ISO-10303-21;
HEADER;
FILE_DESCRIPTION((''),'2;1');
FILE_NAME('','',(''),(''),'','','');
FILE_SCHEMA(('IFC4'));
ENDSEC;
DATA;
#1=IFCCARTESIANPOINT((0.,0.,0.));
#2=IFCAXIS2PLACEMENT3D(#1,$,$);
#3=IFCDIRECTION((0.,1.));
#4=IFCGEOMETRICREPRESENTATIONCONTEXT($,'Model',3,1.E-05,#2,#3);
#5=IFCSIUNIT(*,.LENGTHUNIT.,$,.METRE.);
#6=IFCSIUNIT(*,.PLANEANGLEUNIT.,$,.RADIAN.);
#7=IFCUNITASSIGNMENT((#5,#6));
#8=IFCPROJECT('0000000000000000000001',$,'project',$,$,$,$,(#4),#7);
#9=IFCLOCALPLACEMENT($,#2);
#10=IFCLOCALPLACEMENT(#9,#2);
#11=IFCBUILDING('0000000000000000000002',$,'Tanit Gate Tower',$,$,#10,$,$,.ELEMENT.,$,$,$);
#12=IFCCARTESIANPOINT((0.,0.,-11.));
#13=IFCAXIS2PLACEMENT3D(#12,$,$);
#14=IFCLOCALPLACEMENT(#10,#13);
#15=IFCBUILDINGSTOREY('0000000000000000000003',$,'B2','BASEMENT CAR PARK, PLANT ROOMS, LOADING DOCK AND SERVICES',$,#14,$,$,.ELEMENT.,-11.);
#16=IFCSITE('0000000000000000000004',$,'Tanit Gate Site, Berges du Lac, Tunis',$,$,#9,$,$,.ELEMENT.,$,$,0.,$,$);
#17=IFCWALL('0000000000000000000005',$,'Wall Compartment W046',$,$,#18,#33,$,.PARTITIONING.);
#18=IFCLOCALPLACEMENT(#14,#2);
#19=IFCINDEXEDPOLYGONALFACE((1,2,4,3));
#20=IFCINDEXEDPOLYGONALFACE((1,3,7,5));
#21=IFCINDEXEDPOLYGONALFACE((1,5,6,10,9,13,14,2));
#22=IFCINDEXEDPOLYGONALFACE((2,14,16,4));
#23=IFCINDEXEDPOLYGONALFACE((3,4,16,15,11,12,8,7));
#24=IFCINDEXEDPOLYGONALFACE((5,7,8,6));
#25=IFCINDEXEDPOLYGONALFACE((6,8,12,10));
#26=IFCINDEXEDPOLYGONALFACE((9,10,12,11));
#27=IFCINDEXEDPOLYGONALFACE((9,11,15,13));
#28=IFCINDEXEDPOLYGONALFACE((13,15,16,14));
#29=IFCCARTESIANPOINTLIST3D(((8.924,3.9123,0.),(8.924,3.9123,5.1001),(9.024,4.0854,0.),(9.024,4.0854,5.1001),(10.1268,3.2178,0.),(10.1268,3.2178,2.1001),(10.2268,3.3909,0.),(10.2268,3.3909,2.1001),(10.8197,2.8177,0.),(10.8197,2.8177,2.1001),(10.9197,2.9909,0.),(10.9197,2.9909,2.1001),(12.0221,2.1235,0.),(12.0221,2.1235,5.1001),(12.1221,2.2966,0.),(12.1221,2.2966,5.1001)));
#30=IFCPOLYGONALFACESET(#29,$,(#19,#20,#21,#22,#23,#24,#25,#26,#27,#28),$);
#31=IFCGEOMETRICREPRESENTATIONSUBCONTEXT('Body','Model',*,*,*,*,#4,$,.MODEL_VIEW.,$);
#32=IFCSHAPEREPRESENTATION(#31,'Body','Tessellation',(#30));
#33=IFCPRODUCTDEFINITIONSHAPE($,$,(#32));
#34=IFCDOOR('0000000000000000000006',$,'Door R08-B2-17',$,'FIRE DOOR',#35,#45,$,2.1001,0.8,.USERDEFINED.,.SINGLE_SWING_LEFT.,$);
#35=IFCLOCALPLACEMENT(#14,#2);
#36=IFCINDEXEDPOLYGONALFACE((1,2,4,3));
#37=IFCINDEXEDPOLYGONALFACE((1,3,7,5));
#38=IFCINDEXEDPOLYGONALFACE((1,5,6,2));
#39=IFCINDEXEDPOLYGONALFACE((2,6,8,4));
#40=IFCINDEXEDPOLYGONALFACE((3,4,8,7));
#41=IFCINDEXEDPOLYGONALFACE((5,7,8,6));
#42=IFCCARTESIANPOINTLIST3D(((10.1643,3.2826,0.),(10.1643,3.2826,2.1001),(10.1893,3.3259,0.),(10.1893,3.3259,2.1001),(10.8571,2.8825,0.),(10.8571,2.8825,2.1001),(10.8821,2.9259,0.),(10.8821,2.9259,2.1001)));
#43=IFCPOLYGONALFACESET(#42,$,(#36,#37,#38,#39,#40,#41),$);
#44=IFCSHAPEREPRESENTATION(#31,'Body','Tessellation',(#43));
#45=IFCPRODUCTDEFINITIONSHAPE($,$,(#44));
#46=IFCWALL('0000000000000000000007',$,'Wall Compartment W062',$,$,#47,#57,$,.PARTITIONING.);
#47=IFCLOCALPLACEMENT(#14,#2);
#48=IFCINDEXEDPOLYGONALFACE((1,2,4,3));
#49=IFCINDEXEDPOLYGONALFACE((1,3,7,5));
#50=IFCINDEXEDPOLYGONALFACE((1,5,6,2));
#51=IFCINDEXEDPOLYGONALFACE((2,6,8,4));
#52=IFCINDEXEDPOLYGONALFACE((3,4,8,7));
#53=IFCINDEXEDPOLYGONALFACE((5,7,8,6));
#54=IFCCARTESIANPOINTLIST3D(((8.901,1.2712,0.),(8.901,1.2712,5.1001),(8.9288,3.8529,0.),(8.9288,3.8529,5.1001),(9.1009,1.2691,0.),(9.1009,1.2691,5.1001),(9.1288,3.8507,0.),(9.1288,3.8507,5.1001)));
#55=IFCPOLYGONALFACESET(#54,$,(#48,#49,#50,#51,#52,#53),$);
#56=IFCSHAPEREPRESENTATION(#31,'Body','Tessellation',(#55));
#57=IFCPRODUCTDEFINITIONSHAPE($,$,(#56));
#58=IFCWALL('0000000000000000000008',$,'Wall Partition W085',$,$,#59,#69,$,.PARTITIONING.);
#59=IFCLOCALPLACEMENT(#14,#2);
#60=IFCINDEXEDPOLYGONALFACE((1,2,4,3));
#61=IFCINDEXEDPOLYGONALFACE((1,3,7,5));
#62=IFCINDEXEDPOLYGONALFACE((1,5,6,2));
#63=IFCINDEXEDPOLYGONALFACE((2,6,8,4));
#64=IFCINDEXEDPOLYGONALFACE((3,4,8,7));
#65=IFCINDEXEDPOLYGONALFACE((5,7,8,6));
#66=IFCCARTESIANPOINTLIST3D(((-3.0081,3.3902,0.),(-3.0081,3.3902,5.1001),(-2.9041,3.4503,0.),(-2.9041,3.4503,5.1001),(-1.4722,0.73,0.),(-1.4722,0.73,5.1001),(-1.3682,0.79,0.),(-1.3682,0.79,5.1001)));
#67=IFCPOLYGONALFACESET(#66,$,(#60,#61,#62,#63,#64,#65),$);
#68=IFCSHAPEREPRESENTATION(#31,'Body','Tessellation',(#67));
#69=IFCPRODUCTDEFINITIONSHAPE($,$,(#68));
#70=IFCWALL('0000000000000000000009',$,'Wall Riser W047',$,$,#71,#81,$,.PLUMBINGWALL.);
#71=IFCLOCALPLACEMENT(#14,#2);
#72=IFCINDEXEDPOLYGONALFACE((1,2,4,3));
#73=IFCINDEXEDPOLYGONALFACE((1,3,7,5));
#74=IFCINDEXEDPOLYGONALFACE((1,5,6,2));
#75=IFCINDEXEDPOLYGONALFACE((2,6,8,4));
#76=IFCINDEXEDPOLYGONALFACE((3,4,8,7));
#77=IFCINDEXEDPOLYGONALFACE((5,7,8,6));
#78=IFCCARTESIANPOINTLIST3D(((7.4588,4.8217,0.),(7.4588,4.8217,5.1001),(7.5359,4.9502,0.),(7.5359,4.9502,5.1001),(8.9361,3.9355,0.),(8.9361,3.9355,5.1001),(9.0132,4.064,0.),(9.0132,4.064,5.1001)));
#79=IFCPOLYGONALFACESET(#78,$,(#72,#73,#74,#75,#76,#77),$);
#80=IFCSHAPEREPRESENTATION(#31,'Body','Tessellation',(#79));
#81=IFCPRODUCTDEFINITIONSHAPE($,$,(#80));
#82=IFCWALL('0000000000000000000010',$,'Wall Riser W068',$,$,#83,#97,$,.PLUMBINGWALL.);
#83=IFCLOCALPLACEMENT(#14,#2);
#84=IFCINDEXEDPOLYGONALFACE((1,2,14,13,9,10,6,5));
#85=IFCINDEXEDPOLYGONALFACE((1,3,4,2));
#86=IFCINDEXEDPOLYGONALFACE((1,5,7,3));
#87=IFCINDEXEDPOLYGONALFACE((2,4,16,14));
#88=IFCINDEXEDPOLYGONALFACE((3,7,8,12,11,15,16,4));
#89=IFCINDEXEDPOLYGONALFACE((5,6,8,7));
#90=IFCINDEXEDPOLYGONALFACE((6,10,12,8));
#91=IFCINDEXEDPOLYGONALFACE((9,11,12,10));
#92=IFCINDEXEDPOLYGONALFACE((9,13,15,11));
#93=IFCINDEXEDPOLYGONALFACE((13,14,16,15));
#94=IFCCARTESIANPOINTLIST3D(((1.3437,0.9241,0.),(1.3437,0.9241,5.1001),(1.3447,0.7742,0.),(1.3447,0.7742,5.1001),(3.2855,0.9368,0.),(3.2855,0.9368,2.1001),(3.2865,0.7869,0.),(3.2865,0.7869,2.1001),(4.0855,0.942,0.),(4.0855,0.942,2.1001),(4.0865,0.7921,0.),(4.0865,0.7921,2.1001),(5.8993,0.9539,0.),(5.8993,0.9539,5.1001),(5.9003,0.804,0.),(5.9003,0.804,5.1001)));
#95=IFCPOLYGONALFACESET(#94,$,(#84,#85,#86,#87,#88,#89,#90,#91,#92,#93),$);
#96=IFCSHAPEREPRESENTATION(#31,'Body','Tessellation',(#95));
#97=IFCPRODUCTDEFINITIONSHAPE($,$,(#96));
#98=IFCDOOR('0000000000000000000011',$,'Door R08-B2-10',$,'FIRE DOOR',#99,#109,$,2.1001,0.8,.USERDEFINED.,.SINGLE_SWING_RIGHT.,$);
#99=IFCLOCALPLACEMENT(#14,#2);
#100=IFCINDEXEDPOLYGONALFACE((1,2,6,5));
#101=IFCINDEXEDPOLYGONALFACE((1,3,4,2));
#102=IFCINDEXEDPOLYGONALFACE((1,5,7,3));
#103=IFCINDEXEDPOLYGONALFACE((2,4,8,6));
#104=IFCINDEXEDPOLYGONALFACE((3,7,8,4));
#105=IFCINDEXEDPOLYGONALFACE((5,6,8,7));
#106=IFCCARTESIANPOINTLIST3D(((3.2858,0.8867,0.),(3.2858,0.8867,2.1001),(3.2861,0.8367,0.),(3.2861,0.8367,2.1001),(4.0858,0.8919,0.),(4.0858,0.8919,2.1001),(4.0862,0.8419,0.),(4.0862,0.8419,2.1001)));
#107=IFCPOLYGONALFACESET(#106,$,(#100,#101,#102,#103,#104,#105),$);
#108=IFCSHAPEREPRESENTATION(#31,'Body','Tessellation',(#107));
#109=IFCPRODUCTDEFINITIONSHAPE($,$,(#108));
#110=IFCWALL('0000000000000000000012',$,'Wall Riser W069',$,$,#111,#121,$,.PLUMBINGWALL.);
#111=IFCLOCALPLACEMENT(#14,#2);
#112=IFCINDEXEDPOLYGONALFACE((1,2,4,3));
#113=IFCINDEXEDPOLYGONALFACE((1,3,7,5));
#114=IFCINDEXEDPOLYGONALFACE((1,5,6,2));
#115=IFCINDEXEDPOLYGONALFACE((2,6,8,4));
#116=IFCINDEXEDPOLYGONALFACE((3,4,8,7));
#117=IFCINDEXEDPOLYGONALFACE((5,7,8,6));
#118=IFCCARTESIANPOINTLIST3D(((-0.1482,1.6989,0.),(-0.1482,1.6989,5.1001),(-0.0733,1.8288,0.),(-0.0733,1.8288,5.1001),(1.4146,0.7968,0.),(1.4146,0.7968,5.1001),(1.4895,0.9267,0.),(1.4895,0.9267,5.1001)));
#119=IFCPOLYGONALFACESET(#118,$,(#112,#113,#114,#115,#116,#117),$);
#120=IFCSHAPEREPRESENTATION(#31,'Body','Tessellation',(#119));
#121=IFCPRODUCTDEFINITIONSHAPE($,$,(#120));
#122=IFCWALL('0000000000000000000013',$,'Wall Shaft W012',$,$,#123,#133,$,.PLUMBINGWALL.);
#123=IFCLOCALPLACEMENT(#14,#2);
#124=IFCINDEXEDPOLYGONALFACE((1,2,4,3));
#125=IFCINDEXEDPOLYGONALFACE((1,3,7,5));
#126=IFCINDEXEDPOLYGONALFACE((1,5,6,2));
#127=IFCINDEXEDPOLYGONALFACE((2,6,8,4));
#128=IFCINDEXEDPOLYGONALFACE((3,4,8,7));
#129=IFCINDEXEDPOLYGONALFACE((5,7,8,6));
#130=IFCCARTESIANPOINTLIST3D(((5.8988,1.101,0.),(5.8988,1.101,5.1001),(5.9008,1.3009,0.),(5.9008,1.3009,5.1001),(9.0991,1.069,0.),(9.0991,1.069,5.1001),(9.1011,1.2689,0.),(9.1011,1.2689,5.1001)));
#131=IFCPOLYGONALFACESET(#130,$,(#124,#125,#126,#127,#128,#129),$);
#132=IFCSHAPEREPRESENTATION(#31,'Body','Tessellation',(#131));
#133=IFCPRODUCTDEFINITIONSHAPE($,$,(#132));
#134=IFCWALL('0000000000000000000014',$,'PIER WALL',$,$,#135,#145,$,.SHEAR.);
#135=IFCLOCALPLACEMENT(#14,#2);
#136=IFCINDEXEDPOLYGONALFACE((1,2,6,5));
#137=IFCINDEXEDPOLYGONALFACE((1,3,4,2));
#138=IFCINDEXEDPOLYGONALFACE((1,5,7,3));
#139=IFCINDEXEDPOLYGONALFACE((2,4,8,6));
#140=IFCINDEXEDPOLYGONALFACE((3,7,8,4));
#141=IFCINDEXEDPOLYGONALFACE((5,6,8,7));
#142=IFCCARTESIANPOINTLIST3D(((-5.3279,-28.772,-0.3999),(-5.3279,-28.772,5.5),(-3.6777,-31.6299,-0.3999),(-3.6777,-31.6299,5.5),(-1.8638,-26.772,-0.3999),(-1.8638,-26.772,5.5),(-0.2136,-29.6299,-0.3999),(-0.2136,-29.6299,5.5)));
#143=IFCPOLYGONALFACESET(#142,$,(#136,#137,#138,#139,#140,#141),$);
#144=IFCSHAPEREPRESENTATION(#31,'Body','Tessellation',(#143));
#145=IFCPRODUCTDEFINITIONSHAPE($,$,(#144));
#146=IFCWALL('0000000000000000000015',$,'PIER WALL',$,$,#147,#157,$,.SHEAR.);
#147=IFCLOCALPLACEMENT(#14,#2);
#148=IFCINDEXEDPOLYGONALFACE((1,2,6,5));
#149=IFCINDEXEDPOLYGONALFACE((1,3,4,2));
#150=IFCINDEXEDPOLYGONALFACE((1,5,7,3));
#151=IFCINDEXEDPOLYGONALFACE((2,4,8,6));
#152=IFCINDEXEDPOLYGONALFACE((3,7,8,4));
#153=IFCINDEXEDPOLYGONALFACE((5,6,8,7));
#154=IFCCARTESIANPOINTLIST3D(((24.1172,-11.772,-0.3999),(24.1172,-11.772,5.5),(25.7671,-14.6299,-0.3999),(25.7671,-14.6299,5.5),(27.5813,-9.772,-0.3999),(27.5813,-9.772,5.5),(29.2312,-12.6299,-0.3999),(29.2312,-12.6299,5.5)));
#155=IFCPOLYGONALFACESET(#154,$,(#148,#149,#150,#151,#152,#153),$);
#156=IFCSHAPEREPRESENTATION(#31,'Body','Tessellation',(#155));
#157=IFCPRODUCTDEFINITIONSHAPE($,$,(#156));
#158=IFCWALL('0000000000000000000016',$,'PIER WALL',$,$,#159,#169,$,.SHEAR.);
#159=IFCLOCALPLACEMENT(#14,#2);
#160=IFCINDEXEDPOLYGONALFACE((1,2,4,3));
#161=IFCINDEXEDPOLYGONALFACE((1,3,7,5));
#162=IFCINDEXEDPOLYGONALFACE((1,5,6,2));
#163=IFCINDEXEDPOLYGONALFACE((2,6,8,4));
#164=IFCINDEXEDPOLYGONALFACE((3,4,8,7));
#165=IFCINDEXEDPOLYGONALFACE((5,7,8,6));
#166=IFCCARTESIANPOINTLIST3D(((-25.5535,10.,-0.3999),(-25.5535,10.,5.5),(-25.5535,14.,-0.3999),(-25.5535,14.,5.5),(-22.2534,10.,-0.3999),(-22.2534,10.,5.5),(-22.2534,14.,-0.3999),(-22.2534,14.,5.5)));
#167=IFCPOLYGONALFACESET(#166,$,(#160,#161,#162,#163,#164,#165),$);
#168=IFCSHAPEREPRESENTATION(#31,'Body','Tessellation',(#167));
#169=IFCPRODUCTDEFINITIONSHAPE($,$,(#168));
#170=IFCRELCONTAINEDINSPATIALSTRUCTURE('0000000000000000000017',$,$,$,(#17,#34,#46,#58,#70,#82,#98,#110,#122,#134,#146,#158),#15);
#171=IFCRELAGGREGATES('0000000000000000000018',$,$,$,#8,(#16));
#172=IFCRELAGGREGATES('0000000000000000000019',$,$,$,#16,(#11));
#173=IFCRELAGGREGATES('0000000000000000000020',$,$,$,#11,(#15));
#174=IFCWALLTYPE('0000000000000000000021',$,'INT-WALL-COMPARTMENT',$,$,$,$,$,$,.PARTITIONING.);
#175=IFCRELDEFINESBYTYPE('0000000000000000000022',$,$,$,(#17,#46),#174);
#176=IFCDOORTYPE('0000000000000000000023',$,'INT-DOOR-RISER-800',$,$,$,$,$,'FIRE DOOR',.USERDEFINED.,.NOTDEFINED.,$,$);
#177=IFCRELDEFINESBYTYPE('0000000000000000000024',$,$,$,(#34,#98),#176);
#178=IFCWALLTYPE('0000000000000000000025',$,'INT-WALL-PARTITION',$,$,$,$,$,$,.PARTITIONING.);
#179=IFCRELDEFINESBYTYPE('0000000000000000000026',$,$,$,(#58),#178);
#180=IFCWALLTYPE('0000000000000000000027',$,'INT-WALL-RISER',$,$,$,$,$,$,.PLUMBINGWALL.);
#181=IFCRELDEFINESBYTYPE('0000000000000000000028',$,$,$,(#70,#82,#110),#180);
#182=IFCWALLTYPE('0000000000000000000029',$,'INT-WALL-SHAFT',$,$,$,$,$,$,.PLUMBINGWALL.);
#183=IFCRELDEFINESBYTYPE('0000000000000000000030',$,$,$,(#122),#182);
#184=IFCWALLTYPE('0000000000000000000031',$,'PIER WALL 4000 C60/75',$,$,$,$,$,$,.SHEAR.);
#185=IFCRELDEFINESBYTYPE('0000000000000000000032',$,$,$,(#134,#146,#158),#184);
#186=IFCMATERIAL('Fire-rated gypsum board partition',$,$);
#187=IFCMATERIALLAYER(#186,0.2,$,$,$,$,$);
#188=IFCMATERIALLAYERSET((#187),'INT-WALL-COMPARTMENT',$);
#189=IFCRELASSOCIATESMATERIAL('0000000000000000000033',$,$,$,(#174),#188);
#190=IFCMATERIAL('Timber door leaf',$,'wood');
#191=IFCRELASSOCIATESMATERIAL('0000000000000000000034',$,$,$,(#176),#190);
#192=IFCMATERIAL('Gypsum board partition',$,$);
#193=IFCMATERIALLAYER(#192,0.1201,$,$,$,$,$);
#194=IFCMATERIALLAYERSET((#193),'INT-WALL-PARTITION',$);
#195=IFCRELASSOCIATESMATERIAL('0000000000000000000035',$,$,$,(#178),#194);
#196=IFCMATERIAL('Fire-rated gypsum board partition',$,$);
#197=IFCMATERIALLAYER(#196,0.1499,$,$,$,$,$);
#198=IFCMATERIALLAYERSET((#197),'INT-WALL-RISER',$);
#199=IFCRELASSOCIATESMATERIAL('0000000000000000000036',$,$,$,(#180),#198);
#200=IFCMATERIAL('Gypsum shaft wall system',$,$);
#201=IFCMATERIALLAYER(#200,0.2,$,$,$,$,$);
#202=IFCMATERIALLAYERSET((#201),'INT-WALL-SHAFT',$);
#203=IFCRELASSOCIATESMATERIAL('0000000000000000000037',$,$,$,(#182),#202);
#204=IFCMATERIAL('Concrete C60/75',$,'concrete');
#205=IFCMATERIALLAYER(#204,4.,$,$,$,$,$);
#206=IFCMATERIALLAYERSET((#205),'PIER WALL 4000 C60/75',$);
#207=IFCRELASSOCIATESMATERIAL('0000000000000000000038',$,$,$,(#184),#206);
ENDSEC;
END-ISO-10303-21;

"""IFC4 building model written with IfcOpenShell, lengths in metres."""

from ifc_helpers import new_model, si_unit, direction, frame, frame_2d, origin, place, context, subcontext, project, spatial, polyline, rectangle, outline, extrude, material, layer, layer_set, type_object, element, fill, save


model = new_model("IFC4")

# Units and contexts
model_context = context("Model", 3, precision=1e-05, world=origin(), true_north=direction((0.0, 1.0)))
body_context = subcontext(model_context, "Body", "Model", "MODEL_VIEW")
ifc_project = project(units=[si_unit("LENGTHUNIT", "METRE"), si_unit("PLANEANGLEUNIT", "RADIAN")], contexts=[model_context])

# Site, building, storey
site_placement = place(None, origin())
site = spatial("IfcSite", under=ifc_project, at=site_placement, Name="Tanit Gate Site, Berges du Lac, Tunis", CompositionType="ELEMENT", RefElevation=0.0)
building_placement = place(site_placement, origin())
building = spatial("IfcBuilding", under=site, at=building_placement, Name="Tanit Gate Tower", CompositionType="ELEMENT")
storey_placement = place(building_placement, frame((0.0, 0.0, -11.0)))
storey = spatial("IfcBuildingStorey", under=building, at=storey_placement, Name="B2", Description="BASEMENT CAR PARK, PLANT ROOMS, LOADING DOCK AND SERVICES", CompositionType="ELEMENT", Elevation=-11.0)

# Wall, opening, door
ifc_material_1 = material(Name="Fire-rated gypsum board partition")
ifc_layer_1 = layer(ifc_material_1, 0.2)
ifc_layer_set_1 = layer_set([ifc_layer_1], Name="INT-WALL-COMPARTMENT")
wall_type_1 = type_object("IfcWallType", Name="INT-WALL-COMPARTMENT", PredefinedType="PARTITIONING", material=ifc_layer_set_1)
wall_1_placement = place(storey_placement, frame((8.9741, 3.9988, 0.0), z_axis=(0.0, 0.0, 1.0), x_axis=(0.866013, -0.500022, 0.0)))
wall_1 = element("IfcWall", 1, at=wall_1_placement, inside=storey, type_object=wall_type_1, Name="Wall Compartment W046", PredefinedType="PARTITIONING", context=body_context, shape_type="SweptSolid", body=[
    extrude(rectangle(XDim=3.5774, YDim=0.2, at=frame_2d((1.7886, 0.0))), origin(), (0.0, 0.0, 1.0), 5.1001),
])
opening_1_placement = place(wall_1_placement, frame((1.3889, 0.0, 0.0)))
opening_1 = element("IfcOpeningElement", 2, at=opening_1_placement, cuts=wall_1, PredefinedType="OPENING", context=body_context, shape_type="SweptSolid", body=[
    extrude(rectangle(XDim=0.8, YDim=2.1001, at=frame_2d((0.3999, 1.05))), frame((0.0, 0.1099, 0.0), z_axis=(0.0, -1.0, 0.0), x_axis=(1.0, 0.0, 0.0)), (0.0, 0.0, 1.0), 0.22),
])
ifc_material_2 = material(Name="Timber door leaf", Category="wood")
door_type_1 = type_object("IfcDoorType", Name="INT-DOOR-RISER-800", ElementType="FIRE DOOR", OperationType="NOTDEFINED", PredefinedType="USERDEFINED", material=ifc_material_2)
door_1_placement = place(opening_1_placement, origin())
door_1 = element("IfcDoor", 3, at=door_1_placement, inside=storey, type_object=door_type_1, Name="Door R08-B2-17", ObjectType="FIRE DOOR", OperationType="SINGLE_SWING_LEFT", OverallHeight=2.1001, OverallWidth=0.8, PredefinedType="USERDEFINED", context=body_context, shape_type="SweptSolid", body=[
    extrude(rectangle(XDim=0.8, YDim=2.1001, at=frame_2d((0.3999, 1.05))), frame((0.0, 0.0249, 0.0), z_axis=(0.0, -1.0, 0.0), x_axis=(1.0, 0.0, 0.0)), (0.0, 0.0, 1.0), 0.05),
])
fill(opening_1, door_1)

# Walls
wall_2_placement = place(storey_placement, frame((9.001, 1.27, 0.0), z_axis=(0.0, 0.0, 1.0), x_axis=(0.010781, 0.999942, 0.0)))
element("IfcWall", 4, at=wall_2_placement, inside=storey, type_object=wall_type_1, Name="Wall Compartment W062", PredefinedType="PARTITIONING", context=body_context, shape_type="SweptSolid", body=[
    extrude(rectangle(XDim=2.5818, YDim=0.2, at=frame_2d((1.291, 0.0))), origin(), (0.0, 0.0, 1.0), 5.1001),
])
ifc_material_3 = material(Name="Gypsum board partition")
ifc_layer_2 = layer(ifc_material_3, 0.1201)
ifc_layer_set_2 = layer_set([ifc_layer_2], Name="INT-WALL-PARTITION")
wall_type_2 = type_object("IfcWallType", Name="INT-WALL-PARTITION", PredefinedType="PARTITIONING", material=ifc_layer_set_2)
wall_3_placement = place(storey_placement, frame((-1.4202, 0.76, 0.0), z_axis=(0.0, 0.0, 1.0), x_axis=(-0.500011, 0.866019, 0.0)))
element("IfcWall", 5, at=wall_3_placement, inside=storey, type_object=wall_type_2, Name="Wall Partition W085", PredefinedType="PARTITIONING", context=body_context, shape_type="SweptSolid", body=[
    extrude(rectangle(XDim=3.0718, YDim=0.1201, at=frame_2d((1.5359, 0.0))), origin(), (0.0, 0.0, 1.0), 5.1001),
])
ifc_material_4 = material(Name="Fire-rated gypsum board partition")
ifc_layer_3 = layer(ifc_material_4, 0.1499)
ifc_layer_set_3 = layer_set([ifc_layer_3], Name="INT-WALL-RISER")
wall_type_3 = type_object("IfcWallType", Name="INT-WALL-RISER", PredefinedType="PLUMBINGWALL", material=ifc_layer_set_3)
wall_4_placement = place(storey_placement, frame((8.9746, 3.9998, 0.0), z_axis=(0.0, 0.0, 1.0), x_axis=(-0.85753, 0.514433, 0.0)))
element("IfcWall", 6, at=wall_4_placement, inside=storey, type_object=wall_type_3, Name="Wall Riser W047", PredefinedType="PLUMBINGWALL", context=body_context, shape_type="SweptSolid", body=[
    extrude(rectangle(XDim=1.7227, YDim=0.1499, at=frame_2d((0.8613, 0.0))), origin(), (0.0, 0.0, 1.0), 5.1001),
])

# Wall, opening, door
wall_5_placement = place(storey_placement, frame((1.3442, 0.8491, 0.0), z_axis=(0.0, 0.0, 1.0), x_axis=(0.999979, 0.006538, 0.0)))
wall_5 = element("IfcWall", 7, at=wall_5_placement, inside=storey, type_object=wall_type_3, Name="Wall Riser W068", PredefinedType="PLUMBINGWALL", context=body_context, shape_type="SweptSolid", body=[
    extrude(rectangle(XDim=4.5557, YDim=0.1499, at=frame_2d((2.2778, 0.0))), origin(), (0.0, 0.0, 1.0), 5.1001),
])
opening_2_placement = place(wall_5_placement, frame((1.9419, 0.0, 0.0)))
opening_2 = element("IfcOpeningElement", 8, at=opening_2_placement, cuts=wall_5, PredefinedType="OPENING", context=body_context, shape_type="SweptSolid", body=[
    extrude(rectangle(XDim=0.8, YDim=2.1001, at=frame_2d((0.3999, 1.05))), frame((0.0, 0.085, 0.0), z_axis=(0.0, -1.0, 0.0), x_axis=(1.0, 0.0, 0.0)), (0.0, 0.0, 1.0), 0.1699),
])
door_2_placement = place(opening_2_placement, origin())
door_2 = element("IfcDoor", 9, at=door_2_placement, inside=storey, type_object=door_type_1, Name="Door R08-B2-10", ObjectType="FIRE DOOR", OperationType="SINGLE_SWING_RIGHT", OverallHeight=2.1001, OverallWidth=0.8, PredefinedType="USERDEFINED", context=body_context, shape_type="SweptSolid", body=[
    extrude(rectangle(XDim=0.8, YDim=2.1001, at=frame_2d((0.3999, 1.05))), frame((0.0, 0.0249, 0.0), z_axis=(0.0, -1.0, 0.0), x_axis=(1.0, 0.0, 0.0)), (0.0, 0.0, 1.0), 0.05),
])
fill(opening_2, door_2)

# Wall
wall_6_placement = place(storey_placement, frame((-0.1108, 1.7639, 0.0), z_axis=(0.0, 0.0, 1.0), x_axis=(0.866062, -0.499937, 0.0)))
element("IfcWall", 10, at=wall_6_placement, inside=storey, type_object=wall_type_3, Name="Wall Riser W069", PredefinedType="PLUMBINGWALL", context=body_context, shape_type="SweptSolid", body=[
    extrude(rectangle(XDim=1.8044, YDim=0.1499, at=frame_2d((0.9023, 0.0))), origin(), (0.0, 0.0, 1.0), 5.1001),
])

# Shared definitions
ifc_material_5 = material(Name="Gypsum shaft wall system")
ifc_layer_4 = layer(ifc_material_5, 0.2)
ifc_layer_set_4 = layer_set([ifc_layer_4], Name="INT-WALL-SHAFT")
wall_type_4 = type_object("IfcWallType", Name="INT-WALL-SHAFT", PredefinedType="PLUMBINGWALL", material=ifc_layer_set_4)

# Walls
wall_7_placement = place(storey_placement, frame((5.8999, 1.2009, 0.0), z_axis=(0.0, 0.0, 1.0), x_axis=(0.99995, -0.009993, 0.0)))
element("IfcWall", 11, at=wall_7_placement, inside=storey, type_object=wall_type_4, Name="Wall Shaft W012", PredefinedType="PLUMBINGWALL", context=body_context, shape_type="SweptSolid", body=[
    extrude(rectangle(XDim=3.2004, YDim=0.2, at=frame_2d((1.6001, 0.0))), origin(), (0.0, 0.0, 1.0), 5.1001),
])
ifc_material_6 = material(Name="Concrete C60/75", Category="concrete")
ifc_layer_5 = layer(ifc_material_6, 4.0)
ifc_layer_set_5 = layer_set([ifc_layer_5], Name="PIER WALL 4000 C60/75")
wall_type_5 = type_object("IfcWallType", Name="PIER WALL 4000 C60/75", PredefinedType="SHEAR", material=ifc_layer_set_5)
wall_8_placement = place(storey_placement, frame((0.0, 0.0, -0.3999)))
element("IfcWall", 12, at=wall_8_placement, inside=storey, type_object=wall_type_5, Name="PIER WALL", PredefinedType="SHEAR", context=body_context, shape_type="SweptSolid", body=[
    extrude(outline(polyline([(-3.6777, -31.6299), (-0.2136, -29.6299), (-1.8638, -26.772), (-5.3279, -28.772), (-3.6777, -31.6299)])), origin(), (0.0, 0.0, 1.0), 5.8999),
])
wall_9_placement = place(storey_placement, frame((0.0, 0.0, -0.3999)))
element("IfcWall", 13, at=wall_9_placement, inside=storey, type_object=wall_type_5, Name="PIER WALL", PredefinedType="SHEAR", context=body_context, shape_type="SweptSolid", body=[
    extrude(outline(polyline([(25.7671, -14.6299), (29.2312, -12.6299), (27.5813, -9.772), (24.1172, -11.772), (25.7671, -14.6299)])), origin(), (0.0, 0.0, 1.0), 5.8999),
])
wall_10_placement = place(storey_placement, frame((0.0, 0.0, -0.3999)))
element("IfcWall", 14, at=wall_10_placement, inside=storey, type_object=wall_type_5, Name="PIER WALL", PredefinedType="SHEAR", context=body_context, shape_type="SweptSolid", body=[
    extrude(outline(polyline([(-25.5535, 14.0), (-25.5535, 10.0), (-22.2534, 10.0), (-22.2534, 14.0), (-25.5535, 14.0)])), origin(), (0.0, 0.0, 1.0), 5.8999),
])

save(model, "model.ifc")
